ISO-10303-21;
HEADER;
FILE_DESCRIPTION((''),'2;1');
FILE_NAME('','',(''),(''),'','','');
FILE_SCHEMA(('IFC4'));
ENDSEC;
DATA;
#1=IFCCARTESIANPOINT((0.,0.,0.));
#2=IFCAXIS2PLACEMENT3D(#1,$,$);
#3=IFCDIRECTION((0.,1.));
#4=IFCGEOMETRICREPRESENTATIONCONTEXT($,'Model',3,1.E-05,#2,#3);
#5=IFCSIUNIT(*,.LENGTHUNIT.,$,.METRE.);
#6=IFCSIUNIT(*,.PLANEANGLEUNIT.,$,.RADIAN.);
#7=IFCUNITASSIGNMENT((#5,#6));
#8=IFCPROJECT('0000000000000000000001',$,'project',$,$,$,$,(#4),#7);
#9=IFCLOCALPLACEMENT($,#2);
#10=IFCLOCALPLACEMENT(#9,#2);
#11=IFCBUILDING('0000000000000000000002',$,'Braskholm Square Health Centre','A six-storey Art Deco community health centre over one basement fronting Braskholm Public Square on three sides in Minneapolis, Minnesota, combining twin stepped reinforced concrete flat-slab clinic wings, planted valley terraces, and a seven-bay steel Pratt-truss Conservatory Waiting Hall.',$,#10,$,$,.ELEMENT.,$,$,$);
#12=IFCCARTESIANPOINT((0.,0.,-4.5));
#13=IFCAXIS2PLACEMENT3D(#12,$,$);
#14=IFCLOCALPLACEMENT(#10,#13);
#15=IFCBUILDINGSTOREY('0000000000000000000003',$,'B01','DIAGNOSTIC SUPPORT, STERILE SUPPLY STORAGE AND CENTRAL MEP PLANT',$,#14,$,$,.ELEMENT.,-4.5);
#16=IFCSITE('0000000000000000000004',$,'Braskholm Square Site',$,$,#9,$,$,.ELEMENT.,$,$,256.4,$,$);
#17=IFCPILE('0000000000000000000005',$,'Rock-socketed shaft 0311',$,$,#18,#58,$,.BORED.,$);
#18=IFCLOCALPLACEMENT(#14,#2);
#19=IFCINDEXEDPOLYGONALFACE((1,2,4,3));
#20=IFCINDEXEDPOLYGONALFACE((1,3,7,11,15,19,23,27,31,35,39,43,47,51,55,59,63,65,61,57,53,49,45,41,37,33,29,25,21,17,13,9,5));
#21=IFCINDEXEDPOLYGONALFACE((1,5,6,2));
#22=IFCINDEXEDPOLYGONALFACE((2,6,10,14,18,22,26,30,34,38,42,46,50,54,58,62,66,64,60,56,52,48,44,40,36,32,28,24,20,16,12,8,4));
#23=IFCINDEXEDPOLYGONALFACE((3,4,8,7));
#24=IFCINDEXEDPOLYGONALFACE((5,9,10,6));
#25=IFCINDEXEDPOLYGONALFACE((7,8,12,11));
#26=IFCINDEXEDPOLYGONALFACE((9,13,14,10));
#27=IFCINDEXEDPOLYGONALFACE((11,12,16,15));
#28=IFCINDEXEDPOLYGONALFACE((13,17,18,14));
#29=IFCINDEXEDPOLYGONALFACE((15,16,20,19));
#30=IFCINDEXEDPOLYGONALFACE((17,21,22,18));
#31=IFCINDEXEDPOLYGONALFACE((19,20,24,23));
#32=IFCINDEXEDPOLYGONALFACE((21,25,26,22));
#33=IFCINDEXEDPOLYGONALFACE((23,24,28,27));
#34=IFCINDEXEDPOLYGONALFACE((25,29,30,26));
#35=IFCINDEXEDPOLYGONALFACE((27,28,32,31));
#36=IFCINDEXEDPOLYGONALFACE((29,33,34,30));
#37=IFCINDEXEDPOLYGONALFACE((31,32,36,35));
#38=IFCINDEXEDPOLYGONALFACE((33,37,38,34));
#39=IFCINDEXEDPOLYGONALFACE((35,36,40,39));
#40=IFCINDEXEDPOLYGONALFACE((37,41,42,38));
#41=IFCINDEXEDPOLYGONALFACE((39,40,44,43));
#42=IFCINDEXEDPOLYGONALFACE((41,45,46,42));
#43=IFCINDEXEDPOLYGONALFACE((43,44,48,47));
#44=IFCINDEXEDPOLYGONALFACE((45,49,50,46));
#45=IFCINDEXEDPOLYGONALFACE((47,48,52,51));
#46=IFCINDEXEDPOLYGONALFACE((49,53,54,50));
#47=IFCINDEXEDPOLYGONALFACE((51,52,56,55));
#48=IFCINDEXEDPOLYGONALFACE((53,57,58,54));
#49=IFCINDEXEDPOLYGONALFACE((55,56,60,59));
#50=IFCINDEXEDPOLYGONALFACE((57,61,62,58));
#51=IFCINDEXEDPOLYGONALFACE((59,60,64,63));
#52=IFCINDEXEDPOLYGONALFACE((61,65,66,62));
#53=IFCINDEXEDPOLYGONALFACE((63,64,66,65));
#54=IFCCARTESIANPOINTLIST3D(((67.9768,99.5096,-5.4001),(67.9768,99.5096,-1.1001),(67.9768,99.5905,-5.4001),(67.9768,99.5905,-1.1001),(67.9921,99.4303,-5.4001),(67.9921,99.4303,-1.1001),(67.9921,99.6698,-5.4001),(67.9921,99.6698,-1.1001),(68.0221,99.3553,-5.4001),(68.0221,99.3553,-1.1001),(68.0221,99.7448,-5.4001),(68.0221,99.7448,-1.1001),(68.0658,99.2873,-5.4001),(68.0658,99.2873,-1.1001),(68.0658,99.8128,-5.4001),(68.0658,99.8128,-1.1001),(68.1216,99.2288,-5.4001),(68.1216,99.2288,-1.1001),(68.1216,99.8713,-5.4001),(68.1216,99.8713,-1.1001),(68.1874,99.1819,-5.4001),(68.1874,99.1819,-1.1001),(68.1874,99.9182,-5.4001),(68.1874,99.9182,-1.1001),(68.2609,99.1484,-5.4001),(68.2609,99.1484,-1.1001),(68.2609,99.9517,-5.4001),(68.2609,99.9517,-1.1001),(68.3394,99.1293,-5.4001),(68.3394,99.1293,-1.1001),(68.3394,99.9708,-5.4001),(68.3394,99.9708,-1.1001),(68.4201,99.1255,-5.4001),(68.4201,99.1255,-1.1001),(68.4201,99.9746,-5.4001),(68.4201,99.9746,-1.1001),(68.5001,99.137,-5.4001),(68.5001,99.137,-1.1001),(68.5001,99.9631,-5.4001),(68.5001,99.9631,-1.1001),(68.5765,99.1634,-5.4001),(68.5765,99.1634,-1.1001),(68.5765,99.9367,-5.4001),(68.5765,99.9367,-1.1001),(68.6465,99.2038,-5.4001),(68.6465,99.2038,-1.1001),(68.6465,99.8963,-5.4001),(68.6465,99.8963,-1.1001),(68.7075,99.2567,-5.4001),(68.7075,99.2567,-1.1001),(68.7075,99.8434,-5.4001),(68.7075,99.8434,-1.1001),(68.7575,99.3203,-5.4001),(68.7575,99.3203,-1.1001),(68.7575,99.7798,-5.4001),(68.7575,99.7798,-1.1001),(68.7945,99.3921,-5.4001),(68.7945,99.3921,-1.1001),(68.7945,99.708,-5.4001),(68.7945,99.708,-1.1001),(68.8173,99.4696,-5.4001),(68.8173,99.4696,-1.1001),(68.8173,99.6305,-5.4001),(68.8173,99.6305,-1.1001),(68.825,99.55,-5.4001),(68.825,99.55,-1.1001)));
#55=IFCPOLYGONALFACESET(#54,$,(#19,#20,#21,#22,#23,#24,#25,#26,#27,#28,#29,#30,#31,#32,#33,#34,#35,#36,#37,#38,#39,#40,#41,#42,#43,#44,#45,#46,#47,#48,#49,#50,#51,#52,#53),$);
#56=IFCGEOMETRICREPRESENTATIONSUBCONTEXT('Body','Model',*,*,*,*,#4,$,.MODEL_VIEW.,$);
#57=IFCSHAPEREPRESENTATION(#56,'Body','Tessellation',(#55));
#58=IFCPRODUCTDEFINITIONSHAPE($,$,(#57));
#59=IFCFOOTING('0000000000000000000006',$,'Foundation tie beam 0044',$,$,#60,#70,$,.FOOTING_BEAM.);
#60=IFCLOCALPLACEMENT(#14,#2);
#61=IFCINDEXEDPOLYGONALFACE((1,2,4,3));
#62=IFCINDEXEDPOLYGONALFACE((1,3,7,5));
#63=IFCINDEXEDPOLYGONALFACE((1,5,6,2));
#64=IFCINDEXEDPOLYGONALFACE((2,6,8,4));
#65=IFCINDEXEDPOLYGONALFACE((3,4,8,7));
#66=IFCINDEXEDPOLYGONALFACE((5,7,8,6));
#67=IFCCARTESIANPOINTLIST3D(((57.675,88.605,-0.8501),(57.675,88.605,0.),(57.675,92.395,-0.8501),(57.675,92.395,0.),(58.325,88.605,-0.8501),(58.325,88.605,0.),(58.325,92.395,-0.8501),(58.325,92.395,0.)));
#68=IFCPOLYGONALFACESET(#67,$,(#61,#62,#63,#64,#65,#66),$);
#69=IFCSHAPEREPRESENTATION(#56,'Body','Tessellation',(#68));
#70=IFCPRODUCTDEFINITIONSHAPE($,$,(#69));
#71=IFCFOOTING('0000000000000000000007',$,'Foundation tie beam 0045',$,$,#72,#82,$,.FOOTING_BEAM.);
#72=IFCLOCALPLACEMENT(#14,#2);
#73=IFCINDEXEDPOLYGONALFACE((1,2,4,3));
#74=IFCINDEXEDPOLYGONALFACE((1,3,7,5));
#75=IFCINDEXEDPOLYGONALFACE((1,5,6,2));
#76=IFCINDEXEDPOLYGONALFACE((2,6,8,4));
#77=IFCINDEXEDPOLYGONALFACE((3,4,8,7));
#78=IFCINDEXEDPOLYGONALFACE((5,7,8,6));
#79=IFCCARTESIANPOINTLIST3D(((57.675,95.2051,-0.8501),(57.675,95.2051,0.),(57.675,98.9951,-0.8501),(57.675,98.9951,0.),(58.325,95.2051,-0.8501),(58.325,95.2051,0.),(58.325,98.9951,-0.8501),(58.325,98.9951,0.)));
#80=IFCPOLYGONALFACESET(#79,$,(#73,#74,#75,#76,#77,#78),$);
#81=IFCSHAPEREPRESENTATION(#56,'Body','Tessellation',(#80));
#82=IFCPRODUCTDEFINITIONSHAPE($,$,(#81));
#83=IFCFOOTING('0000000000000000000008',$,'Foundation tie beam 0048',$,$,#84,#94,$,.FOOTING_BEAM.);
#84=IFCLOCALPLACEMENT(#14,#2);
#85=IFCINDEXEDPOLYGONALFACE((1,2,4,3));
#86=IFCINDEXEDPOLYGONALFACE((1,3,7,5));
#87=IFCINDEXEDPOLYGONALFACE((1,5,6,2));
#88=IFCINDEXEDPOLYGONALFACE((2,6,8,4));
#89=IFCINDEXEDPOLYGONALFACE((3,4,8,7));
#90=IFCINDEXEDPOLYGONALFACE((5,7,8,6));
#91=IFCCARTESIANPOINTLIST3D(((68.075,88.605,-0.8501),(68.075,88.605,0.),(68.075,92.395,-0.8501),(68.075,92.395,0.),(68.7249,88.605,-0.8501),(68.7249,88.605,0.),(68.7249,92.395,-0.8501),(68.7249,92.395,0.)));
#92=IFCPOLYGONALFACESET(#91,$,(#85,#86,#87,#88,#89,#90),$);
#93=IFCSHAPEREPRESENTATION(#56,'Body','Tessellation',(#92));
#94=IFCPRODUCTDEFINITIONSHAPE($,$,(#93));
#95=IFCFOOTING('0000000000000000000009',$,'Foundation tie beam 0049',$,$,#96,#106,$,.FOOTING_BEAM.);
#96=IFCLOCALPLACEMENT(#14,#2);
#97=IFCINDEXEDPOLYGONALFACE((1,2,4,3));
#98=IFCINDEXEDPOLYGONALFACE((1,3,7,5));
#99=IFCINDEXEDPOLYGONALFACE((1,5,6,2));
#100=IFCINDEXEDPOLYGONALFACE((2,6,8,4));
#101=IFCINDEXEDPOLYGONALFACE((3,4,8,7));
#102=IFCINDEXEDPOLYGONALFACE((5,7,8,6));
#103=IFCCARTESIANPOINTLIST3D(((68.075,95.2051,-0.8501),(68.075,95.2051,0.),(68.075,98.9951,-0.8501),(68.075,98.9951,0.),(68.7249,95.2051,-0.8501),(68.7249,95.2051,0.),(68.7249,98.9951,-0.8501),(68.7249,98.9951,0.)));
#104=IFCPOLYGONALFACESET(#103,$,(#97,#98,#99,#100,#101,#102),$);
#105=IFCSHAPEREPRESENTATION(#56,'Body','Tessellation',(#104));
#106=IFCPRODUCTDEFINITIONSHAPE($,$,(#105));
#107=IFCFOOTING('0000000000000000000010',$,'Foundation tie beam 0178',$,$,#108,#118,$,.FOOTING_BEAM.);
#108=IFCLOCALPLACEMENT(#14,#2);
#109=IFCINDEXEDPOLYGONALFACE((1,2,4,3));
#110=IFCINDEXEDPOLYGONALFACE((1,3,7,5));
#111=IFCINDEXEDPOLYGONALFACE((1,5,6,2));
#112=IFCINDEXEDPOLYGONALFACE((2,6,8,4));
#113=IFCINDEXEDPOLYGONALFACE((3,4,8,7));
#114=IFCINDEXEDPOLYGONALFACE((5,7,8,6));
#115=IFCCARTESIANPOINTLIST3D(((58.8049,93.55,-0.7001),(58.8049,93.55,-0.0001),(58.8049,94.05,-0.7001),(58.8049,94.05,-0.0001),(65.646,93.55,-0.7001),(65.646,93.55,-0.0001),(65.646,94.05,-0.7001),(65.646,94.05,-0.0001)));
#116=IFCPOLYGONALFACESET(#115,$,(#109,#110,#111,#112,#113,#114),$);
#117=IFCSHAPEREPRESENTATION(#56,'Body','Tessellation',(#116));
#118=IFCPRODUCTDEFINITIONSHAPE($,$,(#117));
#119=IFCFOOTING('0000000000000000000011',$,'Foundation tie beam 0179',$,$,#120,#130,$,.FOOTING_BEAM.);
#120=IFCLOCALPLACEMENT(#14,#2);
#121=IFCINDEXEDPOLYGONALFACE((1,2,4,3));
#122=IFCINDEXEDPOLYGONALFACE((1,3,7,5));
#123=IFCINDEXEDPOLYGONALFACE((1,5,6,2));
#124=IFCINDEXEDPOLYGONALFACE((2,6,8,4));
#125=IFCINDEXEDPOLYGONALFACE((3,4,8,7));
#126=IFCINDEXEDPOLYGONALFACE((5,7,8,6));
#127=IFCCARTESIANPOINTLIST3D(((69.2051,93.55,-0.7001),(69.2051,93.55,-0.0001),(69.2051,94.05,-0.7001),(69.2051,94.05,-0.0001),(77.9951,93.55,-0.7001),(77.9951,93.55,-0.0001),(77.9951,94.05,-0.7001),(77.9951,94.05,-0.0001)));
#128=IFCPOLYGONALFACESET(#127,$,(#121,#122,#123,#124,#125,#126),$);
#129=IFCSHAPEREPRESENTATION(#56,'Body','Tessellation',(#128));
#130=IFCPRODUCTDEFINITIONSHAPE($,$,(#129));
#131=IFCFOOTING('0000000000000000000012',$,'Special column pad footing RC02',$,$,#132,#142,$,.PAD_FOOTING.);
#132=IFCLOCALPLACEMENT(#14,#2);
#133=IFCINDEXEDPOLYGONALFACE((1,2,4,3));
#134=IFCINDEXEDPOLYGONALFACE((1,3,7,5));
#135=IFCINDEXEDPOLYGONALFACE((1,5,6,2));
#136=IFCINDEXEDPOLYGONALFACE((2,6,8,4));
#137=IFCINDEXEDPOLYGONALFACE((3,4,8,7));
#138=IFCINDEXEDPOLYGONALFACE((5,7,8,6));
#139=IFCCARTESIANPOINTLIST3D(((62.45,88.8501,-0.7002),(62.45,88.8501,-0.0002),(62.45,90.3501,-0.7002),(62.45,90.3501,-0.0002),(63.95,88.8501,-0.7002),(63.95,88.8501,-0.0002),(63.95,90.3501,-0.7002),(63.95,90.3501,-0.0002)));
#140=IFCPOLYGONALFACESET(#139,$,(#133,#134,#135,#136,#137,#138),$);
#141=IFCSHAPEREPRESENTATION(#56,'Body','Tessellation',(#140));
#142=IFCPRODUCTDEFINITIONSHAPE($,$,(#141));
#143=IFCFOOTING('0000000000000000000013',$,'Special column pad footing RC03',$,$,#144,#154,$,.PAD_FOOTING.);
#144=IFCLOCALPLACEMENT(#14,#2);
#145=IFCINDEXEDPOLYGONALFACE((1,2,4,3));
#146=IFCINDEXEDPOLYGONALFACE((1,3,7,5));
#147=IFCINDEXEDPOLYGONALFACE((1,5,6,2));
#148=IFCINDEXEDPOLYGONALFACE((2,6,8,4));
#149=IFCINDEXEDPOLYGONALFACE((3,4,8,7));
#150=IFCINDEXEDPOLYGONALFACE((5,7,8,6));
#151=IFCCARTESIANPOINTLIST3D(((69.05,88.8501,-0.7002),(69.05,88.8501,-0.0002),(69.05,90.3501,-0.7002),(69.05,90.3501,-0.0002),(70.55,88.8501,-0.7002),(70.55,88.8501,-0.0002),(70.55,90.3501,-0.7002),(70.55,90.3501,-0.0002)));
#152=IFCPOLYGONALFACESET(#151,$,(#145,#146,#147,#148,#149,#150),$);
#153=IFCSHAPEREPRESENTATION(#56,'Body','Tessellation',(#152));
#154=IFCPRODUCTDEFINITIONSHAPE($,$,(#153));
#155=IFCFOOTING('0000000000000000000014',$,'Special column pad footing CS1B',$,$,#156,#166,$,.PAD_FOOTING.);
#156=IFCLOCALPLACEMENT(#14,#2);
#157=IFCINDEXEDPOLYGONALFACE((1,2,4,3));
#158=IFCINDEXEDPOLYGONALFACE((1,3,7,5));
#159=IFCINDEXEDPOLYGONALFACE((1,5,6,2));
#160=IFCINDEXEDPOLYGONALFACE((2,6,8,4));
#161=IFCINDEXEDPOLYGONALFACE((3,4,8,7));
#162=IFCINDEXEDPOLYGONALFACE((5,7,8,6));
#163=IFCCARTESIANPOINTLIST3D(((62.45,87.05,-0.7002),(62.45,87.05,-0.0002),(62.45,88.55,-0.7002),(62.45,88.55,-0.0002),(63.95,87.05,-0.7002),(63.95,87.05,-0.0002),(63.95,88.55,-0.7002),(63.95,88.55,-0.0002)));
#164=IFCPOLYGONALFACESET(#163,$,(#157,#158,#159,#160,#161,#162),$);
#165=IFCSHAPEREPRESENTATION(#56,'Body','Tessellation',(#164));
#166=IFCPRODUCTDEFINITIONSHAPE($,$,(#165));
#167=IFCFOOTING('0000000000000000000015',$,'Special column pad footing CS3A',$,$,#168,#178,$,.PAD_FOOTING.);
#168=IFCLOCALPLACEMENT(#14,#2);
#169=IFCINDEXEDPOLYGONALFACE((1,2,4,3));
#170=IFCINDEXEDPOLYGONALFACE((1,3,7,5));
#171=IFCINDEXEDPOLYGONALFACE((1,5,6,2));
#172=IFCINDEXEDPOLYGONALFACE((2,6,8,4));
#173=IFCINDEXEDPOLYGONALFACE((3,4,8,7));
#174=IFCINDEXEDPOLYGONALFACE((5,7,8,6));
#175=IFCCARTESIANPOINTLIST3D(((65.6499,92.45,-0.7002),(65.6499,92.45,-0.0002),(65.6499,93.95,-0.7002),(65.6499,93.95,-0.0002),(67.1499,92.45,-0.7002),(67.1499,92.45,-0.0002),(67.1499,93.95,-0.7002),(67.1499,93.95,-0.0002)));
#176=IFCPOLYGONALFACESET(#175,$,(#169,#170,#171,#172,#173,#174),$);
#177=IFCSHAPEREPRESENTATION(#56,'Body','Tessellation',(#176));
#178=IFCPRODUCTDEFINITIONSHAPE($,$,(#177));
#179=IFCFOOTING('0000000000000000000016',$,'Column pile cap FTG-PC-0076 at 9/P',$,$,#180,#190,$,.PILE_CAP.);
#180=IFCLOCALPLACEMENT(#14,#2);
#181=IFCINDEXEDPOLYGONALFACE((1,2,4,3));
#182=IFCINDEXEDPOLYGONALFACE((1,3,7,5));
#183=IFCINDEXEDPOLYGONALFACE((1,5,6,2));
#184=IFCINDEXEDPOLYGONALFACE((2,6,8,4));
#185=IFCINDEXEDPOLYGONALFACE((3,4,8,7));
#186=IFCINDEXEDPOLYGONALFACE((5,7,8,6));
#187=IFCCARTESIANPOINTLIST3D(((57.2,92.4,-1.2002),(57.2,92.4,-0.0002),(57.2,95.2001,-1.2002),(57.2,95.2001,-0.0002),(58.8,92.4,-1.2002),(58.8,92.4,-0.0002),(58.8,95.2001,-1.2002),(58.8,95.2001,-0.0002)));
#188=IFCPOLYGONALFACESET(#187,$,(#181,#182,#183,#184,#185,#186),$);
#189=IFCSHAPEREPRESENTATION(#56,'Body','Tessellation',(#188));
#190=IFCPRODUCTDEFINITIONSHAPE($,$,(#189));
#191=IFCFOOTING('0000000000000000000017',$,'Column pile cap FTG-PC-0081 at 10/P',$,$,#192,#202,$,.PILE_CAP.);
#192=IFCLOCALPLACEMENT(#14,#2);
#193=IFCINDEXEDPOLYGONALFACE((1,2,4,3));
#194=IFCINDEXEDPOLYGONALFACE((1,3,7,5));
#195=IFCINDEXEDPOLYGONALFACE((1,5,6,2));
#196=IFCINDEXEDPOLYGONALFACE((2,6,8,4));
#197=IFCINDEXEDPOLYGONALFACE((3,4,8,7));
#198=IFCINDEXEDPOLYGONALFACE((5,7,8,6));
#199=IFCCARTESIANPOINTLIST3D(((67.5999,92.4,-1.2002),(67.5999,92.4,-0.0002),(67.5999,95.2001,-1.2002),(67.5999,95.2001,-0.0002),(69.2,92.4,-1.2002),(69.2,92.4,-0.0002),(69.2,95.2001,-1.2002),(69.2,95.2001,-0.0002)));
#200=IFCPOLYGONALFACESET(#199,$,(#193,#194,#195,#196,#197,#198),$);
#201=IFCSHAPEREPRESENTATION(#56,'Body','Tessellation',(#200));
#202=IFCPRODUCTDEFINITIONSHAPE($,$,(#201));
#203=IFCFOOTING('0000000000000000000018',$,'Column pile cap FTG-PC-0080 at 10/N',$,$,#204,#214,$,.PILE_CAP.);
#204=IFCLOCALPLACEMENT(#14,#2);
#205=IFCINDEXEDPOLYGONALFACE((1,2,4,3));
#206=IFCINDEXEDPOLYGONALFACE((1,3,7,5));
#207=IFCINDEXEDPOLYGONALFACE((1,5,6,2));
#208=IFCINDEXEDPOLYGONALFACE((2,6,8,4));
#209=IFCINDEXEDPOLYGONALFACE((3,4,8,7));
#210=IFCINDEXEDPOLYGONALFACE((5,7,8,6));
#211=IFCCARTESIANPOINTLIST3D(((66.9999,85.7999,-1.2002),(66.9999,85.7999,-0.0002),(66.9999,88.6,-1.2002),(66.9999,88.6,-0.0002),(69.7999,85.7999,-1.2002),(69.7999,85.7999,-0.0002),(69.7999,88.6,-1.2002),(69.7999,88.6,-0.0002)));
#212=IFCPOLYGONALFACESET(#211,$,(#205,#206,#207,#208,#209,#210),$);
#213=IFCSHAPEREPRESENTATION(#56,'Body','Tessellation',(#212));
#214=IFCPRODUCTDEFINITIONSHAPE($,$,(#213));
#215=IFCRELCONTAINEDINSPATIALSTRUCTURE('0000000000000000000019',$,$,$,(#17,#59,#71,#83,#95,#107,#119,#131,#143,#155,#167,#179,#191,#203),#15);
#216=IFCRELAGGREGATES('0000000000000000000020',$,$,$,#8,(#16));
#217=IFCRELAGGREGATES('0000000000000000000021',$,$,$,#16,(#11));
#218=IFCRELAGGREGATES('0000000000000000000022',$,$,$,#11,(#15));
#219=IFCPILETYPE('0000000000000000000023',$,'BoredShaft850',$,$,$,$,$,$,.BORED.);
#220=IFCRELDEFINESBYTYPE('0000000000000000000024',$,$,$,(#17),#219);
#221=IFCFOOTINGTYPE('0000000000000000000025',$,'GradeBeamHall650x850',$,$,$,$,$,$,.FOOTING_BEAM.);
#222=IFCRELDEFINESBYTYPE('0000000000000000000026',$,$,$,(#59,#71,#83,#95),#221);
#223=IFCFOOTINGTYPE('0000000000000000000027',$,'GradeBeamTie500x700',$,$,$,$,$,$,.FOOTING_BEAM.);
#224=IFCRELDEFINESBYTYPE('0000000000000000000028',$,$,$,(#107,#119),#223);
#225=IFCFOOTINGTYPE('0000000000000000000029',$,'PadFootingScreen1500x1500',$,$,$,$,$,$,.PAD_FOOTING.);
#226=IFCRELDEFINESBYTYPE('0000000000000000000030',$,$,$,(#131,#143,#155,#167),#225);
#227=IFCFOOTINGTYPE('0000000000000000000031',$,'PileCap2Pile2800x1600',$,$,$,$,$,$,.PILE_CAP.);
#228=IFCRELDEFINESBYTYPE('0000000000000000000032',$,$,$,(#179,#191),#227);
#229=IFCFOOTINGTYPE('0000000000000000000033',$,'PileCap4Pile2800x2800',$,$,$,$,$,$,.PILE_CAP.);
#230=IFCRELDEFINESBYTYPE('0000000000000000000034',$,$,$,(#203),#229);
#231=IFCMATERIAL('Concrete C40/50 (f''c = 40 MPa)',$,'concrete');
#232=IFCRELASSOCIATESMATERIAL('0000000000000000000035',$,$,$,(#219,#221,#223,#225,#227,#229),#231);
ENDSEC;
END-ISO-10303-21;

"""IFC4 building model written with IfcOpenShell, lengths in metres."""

from ifc_helpers import new_model, si_unit, direction, frame, origin, origin_2d, place, context, subcontext, project, spatial, rectangle, circle, extrude, material, material_profile, profile_set, type_object, element, save


model = new_model("IFC4")

# Units and contexts
model_context = context("Model", 3, precision=1e-05, world=origin(), true_north=direction((0.0, 1.0)))
body_context = subcontext(model_context, "Body", "Model", "MODEL_VIEW")
ifc_project = project(units=[si_unit("LENGTHUNIT", "METRE"), si_unit("PLANEANGLEUNIT", "RADIAN")], contexts=[model_context])

# Site, building, storey
site_placement = place(None, origin())
site = spatial("IfcSite", under=ifc_project, at=site_placement, Name="Braskholm Square Site", CompositionType="ELEMENT", RefElevation=256.4)
building_placement = place(site_placement, origin())
building = spatial("IfcBuilding", under=site, at=building_placement, Name="Braskholm Square Health Centre", Description="A six-storey Art Deco community health centre over one basement fronting Braskholm Public Square on three sides in Minneapolis, Minnesota, combining twin stepped reinforced concrete flat-slab clinic wings, planted valley terraces, and a seven-bay steel Pratt-truss Conservatory Waiting Hall.", CompositionType="ELEMENT")
storey_placement = place(building_placement, frame((0.0, 0.0, -4.5)))
storey = spatial("IfcBuildingStorey", under=building, at=storey_placement, Name="B01", Description="DIAGNOSTIC SUPPORT, STERILE SUPPLY STORAGE AND CENTRAL MEP PLANT", CompositionType="ELEMENT", Elevation=-4.5)

# Pile
ifc_material_1 = material(Name="Concrete C40/50 (f'c = 40 MPa)", Category="concrete")
ifc_material_profile_1 = material_profile(ifc_material_1, circle(Radius=0.425, at=origin_2d()), Name="BORED-PILE-850")
ifc_profile_set_1 = profile_set([ifc_material_profile_1], Name="Concrete C40/50 (f'c = 40 MPa)")
pile_type_1 = type_object("IfcPileType", Name="BoredShaft850", PredefinedType="BORED", material=ifc_profile_set_1)
for number, where, z_axis, x_axis, name in (
    (1, (68.3999, 99.55, -1.1001), (0.0, 0.0, -1.0), (1.0, 0.0, 0.0), "Rock-socketed shaft 0311"),
):
    element("IfcPile", number, at=place(storey_placement, frame(where, z_axis=z_axis, x_axis=x_axis)), inside=storey, type_object=pile_type_1, Name=name, PredefinedType="BORED", context=body_context, shape_type="SweptSolid", body=[
        extrude(circle(Radius=0.425, at=origin_2d()), origin(), (0.0, 0.0, 1.0), 4.3),
    ])

# Footings
ifc_material_profile_2 = material_profile(ifc_material_1, rectangle(XDim=0.6499, YDim=0.8501, at=origin_2d()), Name="FTG-650X850")
ifc_profile_set_2 = profile_set([ifc_material_profile_2], Name="Concrete C40/50 (f'c = 40 MPa)")
footing_type_1 = type_object("IfcFootingType", Name="GradeBeamHall650x850", PredefinedType="FOOTING_BEAM", material=ifc_profile_set_2)
for number, where, z_axis, x_axis, name in (
    (2, (58.0, 88.605, -0.425), (0.0, 1.0, 0.0), (-1.0, 0.0, 0.0), "Foundation tie beam 0044"),
    (3, (58.0, 95.2051, -0.425), (0.0, 1.0, 0.0), (-1.0, 0.0, 0.0), "Foundation tie beam 0045"),
    (4, (68.3999, 88.605, -0.425), (0.0, 1.0, 0.0), (-1.0, 0.0, 0.0), "Foundation tie beam 0048"),
    (5, (68.3999, 95.2051, -0.425), (0.0, 1.0, 0.0), (-1.0, 0.0, 0.0), "Foundation tie beam 0049"),
):
    element("IfcFooting", number, at=place(storey_placement, frame(where, z_axis=z_axis, x_axis=x_axis)), inside=storey, type_object=footing_type_1, Name=name, PredefinedType="FOOTING_BEAM", context=body_context, shape_type="SweptSolid", body=[
        extrude(rectangle(XDim=0.6499, YDim=0.8501, at=origin_2d()), origin(), (0.0, 0.0, 1.0), 3.79),
    ])
ifc_material_profile_3 = material_profile(ifc_material_1, rectangle(XDim=0.5, YDim=0.7, at=origin_2d()), Name="FTG-500X700")
ifc_profile_set_3 = profile_set([ifc_material_profile_3], Name="Concrete C40/50 (f'c = 40 MPa)")
footing_type_2 = type_object("IfcFootingType", Name="GradeBeamTie500x700", PredefinedType="FOOTING_BEAM", material=ifc_profile_set_3)
footing_1_placement = place(storey_placement, frame((58.8049, 93.8, -0.3501), z_axis=(1.0, 0.0, 0.0), x_axis=(0.0, 1.0, 0.0)))
element("IfcFooting", 6, at=footing_1_placement, inside=storey, type_object=footing_type_2, Name="Foundation tie beam 0178", PredefinedType="FOOTING_BEAM", context=body_context, shape_type="SweptSolid", body=[
    extrude(rectangle(XDim=0.5, YDim=0.7, at=origin_2d()), origin(), (0.0, 0.0, 1.0), 6.8411),
])
footing_2_placement = place(storey_placement, frame((69.2051, 93.8, -0.3501), z_axis=(1.0, 0.0, 0.0), x_axis=(0.0, 1.0, 0.0)))
element("IfcFooting", 7, at=footing_2_placement, inside=storey, type_object=footing_type_2, Name="Foundation tie beam 0179", PredefinedType="FOOTING_BEAM", context=body_context, shape_type="SweptSolid", body=[
    extrude(rectangle(XDim=0.5, YDim=0.7, at=origin_2d()), origin(), (0.0, 0.0, 1.0), 8.79),
])
footing_type_3 = type_object("IfcFootingType", Name="PadFootingScreen1500x1500", PredefinedType="PAD_FOOTING", material=ifc_material_1)
for number, where, z_axis, x_axis, name in (
    (8, (63.2, 89.6001, -0.7002), (0.0, 0.0, 1.0), (1.0, 0.0, 0.0), "Special column pad footing RC02"),
    (9, (69.8, 89.6001, -0.7002), (0.0, 0.0, 1.0), (1.0, 0.0, 0.0), "Special column pad footing RC03"),
    (10, (63.2, 87.8, -0.7002), (0.0, 0.0, 1.0), (1.0, 0.0, 0.0), "Special column pad footing CS1B"),
    (11, (66.3999, 93.2, -0.7002), (0.0, 0.0, 1.0), (1.0, 0.0, 0.0), "Special column pad footing CS3A"),
):
    element("IfcFooting", number, at=place(storey_placement, frame(where, z_axis=z_axis, x_axis=x_axis)), inside=storey, type_object=footing_type_3, Name=name, PredefinedType="PAD_FOOTING", context=body_context, shape_type="SweptSolid", body=[
        extrude(rectangle(XDim=1.5, YDim=1.5, at=origin_2d()), origin(), (0.0, 0.0, 1.0), 0.7),
    ])
footing_type_4 = type_object("IfcFootingType", Name="PileCap2Pile2800x1600", PredefinedType="PILE_CAP", material=ifc_material_1)
for number, where, z_axis, x_axis, name in (
    (12, (58.0, 93.8, -1.2002), (0.0, 0.0, 1.0), (0.0, 1.0, 0.0), "Column pile cap FTG-PC-0076 at 9/P"),
    (13, (68.3999, 93.8, -1.2002), (0.0, 0.0, 1.0), (0.0, 1.0, 0.0), "Column pile cap FTG-PC-0081 at 10/P"),
):
    element("IfcFooting", number, at=place(storey_placement, frame(where, z_axis=z_axis, x_axis=x_axis)), inside=storey, type_object=footing_type_4, Name=name, PredefinedType="PILE_CAP", context=body_context, shape_type="SweptSolid", body=[
        extrude(rectangle(XDim=2.8, YDim=1.6001, at=origin_2d()), origin(), (0.0, 0.0, 1.0), 1.2),
    ])
footing_type_5 = type_object("IfcFootingType", Name="PileCap4Pile2800x2800", PredefinedType="PILE_CAP", material=ifc_material_1)
footing_3_placement = place(storey_placement, frame((68.3999, 87.2, -1.2002), z_axis=(0.0, 0.0, 1.0), x_axis=(1.0, 0.0, 0.0)))
element("IfcFooting", 14, at=footing_3_placement, inside=storey, type_object=footing_type_5, Name="Column pile cap FTG-PC-0080 at 10/N", PredefinedType="PILE_CAP", context=body_context, shape_type="SweptSolid", body=[
    extrude(rectangle(XDim=2.8, YDim=2.8, at=origin_2d()), origin(), (0.0, 0.0, 1.0), 1.2),
])

save(model, "model.ifc")
